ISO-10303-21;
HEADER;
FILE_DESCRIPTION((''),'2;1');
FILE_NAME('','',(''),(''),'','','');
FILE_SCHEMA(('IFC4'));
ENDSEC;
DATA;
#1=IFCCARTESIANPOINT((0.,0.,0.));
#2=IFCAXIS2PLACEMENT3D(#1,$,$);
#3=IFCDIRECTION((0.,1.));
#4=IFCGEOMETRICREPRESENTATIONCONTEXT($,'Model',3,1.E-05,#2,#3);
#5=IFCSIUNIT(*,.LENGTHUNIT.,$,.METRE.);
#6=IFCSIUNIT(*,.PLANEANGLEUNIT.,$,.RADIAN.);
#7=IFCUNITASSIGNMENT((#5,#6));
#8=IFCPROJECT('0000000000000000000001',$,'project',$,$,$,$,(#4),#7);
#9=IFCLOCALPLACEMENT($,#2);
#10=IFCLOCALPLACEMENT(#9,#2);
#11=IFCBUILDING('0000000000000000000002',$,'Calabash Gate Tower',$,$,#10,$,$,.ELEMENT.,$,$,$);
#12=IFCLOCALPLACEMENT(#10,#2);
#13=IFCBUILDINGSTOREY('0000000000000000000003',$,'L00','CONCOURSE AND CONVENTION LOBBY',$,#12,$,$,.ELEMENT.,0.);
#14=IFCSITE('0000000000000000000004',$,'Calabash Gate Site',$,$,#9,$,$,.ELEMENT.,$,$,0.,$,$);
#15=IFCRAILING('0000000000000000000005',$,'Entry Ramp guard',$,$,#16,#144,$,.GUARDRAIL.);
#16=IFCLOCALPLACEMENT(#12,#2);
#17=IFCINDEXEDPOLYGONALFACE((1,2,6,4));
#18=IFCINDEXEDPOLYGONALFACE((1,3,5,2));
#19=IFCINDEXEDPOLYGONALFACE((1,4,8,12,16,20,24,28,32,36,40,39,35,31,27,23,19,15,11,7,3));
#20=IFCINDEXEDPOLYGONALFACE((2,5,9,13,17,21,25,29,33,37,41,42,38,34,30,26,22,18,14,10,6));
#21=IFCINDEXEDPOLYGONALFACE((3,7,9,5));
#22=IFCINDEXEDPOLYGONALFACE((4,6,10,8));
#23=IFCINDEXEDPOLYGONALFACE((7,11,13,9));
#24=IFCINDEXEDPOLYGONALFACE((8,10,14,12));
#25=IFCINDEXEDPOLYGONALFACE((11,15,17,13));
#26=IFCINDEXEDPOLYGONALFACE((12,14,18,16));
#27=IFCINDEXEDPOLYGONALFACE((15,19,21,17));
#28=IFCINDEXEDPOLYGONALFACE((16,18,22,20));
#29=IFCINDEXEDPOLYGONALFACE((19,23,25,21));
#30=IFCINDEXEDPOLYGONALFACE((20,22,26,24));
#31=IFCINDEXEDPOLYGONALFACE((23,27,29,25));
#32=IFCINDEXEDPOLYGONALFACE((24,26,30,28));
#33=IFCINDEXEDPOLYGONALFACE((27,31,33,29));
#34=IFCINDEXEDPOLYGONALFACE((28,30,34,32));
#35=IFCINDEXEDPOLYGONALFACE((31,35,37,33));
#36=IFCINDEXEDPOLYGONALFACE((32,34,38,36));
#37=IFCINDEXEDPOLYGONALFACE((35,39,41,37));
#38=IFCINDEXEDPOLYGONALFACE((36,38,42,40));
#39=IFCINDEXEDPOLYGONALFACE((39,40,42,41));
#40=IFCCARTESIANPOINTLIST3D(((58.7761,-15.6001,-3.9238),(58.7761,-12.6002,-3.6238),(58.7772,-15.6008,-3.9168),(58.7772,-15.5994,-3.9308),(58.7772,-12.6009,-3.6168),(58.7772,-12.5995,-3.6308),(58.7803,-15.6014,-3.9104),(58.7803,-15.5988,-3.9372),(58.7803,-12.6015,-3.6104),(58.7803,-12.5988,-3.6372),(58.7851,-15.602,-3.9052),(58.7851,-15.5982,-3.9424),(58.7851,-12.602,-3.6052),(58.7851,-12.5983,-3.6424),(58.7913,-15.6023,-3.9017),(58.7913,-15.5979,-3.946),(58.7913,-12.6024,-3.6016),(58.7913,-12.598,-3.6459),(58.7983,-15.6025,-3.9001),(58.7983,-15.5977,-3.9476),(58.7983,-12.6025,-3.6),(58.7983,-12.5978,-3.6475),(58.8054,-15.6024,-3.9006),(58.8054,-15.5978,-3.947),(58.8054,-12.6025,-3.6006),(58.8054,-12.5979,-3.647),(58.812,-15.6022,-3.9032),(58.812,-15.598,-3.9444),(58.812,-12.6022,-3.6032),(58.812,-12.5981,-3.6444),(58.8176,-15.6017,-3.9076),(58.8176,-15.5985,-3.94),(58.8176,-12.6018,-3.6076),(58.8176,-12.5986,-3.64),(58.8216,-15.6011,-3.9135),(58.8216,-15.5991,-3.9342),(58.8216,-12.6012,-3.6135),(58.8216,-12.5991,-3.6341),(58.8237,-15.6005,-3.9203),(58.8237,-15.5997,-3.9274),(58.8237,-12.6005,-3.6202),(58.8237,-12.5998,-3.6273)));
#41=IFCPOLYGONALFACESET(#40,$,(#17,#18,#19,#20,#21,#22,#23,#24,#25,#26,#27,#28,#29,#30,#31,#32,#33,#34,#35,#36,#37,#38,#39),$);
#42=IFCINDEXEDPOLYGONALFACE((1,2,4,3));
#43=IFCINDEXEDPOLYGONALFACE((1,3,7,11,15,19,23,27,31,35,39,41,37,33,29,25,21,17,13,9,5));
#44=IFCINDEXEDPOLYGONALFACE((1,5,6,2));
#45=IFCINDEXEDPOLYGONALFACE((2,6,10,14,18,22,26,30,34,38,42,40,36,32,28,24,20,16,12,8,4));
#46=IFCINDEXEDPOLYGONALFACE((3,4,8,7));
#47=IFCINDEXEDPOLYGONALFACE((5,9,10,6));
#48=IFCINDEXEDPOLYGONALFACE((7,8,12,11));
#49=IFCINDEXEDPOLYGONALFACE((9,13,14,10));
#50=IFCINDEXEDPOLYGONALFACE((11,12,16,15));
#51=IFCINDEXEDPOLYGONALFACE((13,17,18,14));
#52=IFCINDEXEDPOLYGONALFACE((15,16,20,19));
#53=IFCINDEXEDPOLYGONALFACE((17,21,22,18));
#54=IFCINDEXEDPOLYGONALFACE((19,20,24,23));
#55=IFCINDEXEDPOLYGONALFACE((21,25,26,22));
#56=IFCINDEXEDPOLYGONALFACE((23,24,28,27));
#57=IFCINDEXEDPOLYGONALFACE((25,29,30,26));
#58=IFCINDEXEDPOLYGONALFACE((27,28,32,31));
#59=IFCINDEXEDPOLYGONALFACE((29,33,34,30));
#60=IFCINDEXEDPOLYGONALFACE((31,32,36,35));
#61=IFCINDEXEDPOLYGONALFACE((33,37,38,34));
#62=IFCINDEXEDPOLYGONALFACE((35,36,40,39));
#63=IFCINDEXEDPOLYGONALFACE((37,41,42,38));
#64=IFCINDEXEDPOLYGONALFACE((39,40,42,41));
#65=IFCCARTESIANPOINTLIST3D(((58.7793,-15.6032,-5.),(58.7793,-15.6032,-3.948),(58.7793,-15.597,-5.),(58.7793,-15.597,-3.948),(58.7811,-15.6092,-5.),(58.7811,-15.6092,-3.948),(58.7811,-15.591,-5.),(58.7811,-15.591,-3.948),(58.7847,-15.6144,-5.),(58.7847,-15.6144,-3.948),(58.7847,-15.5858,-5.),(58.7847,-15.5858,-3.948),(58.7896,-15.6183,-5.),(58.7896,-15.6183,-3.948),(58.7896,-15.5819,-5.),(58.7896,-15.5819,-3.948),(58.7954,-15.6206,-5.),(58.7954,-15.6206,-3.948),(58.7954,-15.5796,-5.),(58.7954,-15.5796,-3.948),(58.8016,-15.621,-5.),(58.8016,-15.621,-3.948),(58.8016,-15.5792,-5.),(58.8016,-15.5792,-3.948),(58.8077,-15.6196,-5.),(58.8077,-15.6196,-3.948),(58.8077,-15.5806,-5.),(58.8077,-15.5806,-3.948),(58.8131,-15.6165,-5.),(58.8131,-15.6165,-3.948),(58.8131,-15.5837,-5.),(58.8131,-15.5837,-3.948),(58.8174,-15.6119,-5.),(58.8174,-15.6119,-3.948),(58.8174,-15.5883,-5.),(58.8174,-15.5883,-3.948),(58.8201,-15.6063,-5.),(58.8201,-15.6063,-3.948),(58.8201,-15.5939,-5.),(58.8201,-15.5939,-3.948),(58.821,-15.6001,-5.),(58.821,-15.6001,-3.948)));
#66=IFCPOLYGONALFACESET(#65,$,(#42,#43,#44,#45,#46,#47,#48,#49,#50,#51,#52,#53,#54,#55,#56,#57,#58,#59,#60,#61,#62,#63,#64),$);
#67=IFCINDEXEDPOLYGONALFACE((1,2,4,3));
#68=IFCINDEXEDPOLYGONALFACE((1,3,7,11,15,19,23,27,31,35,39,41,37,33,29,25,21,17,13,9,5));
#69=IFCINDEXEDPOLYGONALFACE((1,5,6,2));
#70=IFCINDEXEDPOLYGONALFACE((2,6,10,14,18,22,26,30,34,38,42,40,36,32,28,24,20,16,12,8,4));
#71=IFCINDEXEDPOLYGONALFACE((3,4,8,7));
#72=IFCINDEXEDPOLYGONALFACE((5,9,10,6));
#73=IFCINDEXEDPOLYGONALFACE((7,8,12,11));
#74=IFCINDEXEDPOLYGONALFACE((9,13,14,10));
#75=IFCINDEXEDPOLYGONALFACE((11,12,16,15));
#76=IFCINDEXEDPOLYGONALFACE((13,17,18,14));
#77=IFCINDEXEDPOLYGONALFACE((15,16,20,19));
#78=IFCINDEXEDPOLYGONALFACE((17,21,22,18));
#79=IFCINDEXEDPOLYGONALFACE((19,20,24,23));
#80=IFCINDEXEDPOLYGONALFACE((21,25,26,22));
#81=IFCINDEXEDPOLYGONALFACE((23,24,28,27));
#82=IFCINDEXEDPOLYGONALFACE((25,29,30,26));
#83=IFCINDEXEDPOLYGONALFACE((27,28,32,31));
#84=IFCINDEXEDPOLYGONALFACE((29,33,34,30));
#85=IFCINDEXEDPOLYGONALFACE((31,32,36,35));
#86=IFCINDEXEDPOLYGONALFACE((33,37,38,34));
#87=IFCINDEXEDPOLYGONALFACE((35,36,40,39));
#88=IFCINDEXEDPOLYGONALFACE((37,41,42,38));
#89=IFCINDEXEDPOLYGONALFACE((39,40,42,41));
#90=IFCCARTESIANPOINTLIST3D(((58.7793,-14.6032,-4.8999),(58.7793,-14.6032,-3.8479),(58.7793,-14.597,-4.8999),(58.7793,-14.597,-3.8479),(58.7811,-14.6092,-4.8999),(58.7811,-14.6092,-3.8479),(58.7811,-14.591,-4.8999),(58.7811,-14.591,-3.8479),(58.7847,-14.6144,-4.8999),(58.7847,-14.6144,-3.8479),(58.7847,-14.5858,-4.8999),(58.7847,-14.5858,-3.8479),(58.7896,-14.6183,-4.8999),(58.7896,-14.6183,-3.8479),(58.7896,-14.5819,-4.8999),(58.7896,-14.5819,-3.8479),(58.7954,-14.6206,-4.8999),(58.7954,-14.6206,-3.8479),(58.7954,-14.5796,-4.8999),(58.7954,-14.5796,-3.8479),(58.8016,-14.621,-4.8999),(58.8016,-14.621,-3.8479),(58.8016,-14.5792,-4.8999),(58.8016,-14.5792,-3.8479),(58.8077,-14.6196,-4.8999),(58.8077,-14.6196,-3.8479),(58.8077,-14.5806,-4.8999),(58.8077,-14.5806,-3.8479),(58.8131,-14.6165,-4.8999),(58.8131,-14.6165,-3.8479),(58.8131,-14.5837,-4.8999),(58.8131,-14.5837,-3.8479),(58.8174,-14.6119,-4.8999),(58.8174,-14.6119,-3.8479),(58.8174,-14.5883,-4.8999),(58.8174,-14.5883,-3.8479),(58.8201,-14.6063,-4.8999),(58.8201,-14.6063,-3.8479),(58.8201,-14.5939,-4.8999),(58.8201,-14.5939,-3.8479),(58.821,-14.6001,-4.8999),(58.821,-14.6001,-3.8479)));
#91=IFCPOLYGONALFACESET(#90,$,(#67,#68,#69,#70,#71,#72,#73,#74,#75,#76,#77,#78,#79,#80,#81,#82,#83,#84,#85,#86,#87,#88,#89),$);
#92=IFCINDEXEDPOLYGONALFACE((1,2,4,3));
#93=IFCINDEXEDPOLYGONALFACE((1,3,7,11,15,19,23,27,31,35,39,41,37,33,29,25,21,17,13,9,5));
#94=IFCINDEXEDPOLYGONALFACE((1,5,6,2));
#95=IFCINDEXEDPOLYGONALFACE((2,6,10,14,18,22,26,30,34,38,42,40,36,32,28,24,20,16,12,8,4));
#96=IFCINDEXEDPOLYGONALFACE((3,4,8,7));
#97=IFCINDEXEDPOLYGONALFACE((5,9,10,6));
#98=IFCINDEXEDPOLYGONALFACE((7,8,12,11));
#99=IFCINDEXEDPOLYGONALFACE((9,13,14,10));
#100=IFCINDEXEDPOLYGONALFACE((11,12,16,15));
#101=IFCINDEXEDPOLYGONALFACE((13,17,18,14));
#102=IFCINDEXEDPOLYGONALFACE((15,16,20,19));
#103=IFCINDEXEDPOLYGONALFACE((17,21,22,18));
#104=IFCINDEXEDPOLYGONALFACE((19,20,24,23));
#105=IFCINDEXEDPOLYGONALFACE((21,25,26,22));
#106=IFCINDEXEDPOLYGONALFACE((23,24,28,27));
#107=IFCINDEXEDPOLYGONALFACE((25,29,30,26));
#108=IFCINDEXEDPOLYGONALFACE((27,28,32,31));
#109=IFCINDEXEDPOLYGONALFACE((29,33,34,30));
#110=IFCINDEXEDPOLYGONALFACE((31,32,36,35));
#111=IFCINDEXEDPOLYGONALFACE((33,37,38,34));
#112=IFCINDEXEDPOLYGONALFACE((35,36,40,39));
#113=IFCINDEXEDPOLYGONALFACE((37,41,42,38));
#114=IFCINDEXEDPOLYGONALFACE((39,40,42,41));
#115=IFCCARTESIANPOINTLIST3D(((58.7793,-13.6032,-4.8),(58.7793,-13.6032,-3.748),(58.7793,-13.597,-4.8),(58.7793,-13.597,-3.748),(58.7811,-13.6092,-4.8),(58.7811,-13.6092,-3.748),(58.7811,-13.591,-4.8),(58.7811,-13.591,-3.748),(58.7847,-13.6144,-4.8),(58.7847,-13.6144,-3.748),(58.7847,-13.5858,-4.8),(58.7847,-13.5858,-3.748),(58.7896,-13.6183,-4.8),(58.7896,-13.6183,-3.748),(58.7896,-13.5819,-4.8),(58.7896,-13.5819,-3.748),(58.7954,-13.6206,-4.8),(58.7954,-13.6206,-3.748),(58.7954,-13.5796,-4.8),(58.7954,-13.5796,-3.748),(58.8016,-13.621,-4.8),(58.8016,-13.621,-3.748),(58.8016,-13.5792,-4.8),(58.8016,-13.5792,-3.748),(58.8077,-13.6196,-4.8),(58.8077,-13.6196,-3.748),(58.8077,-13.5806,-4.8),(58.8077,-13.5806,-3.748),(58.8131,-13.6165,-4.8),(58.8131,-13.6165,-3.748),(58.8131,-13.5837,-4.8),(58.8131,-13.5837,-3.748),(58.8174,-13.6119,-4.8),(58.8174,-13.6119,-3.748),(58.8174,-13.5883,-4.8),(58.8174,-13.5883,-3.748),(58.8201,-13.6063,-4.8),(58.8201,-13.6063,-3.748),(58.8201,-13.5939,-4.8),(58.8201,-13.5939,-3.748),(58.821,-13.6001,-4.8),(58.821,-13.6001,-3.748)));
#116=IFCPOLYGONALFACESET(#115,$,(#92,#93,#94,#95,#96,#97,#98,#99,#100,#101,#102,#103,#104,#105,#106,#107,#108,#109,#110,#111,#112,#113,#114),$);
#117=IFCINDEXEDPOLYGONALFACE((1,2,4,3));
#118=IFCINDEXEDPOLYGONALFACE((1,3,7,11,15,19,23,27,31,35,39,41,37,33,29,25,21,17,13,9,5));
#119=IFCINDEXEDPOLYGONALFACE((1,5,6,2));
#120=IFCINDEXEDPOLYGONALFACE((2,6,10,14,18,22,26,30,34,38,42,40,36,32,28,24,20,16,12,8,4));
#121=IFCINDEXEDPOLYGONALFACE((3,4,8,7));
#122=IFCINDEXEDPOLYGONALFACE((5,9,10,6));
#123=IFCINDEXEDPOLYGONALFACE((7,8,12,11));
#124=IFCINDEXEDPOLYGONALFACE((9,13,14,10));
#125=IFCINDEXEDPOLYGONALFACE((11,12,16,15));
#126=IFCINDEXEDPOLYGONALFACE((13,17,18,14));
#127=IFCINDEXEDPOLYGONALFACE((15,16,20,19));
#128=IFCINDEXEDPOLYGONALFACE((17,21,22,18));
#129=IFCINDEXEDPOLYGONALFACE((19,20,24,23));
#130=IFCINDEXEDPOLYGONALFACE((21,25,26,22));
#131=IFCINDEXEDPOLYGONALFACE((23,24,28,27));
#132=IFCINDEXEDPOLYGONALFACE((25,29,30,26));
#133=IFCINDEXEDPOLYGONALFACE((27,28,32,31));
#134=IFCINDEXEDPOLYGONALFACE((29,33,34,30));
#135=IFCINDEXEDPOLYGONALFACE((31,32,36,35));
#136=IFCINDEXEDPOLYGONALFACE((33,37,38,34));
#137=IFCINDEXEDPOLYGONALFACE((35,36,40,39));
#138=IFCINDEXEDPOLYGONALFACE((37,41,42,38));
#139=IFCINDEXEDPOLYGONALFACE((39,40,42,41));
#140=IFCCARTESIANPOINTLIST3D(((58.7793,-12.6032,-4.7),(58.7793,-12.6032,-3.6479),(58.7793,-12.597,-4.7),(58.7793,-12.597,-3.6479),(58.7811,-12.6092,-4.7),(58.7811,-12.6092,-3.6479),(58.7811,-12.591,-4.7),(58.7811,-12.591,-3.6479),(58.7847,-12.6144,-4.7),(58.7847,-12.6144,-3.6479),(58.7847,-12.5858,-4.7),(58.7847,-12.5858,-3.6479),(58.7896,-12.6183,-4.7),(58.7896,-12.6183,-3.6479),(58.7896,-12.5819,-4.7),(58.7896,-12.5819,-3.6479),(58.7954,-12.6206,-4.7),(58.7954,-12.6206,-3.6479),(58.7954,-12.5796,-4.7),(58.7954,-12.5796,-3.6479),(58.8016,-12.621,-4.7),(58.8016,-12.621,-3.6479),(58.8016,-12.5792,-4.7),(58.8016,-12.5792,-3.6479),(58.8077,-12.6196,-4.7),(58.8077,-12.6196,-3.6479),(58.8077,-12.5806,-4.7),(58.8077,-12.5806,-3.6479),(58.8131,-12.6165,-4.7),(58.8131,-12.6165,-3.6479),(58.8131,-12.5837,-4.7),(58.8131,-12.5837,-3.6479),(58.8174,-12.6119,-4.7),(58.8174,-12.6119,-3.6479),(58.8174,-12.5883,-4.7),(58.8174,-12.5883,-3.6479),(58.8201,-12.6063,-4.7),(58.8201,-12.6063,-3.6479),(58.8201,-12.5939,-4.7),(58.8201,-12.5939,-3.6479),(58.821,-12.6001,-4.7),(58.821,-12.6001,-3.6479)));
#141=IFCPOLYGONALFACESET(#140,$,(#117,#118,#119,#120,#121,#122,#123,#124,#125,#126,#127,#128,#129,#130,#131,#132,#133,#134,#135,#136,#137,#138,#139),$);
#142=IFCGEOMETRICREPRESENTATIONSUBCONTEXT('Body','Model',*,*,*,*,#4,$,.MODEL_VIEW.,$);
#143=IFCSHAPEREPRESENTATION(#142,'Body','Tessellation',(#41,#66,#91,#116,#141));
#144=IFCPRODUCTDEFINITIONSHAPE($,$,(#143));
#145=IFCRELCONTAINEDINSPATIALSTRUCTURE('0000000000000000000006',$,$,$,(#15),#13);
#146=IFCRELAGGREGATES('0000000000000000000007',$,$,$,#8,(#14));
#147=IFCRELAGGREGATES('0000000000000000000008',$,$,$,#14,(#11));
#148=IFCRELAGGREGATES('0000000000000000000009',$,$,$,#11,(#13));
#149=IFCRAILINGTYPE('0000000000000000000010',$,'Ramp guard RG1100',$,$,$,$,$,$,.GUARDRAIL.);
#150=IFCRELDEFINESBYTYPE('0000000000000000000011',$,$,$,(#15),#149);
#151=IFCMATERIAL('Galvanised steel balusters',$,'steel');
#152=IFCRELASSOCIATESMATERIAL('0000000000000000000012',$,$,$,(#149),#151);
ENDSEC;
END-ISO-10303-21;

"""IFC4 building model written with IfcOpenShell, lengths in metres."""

from ifc_helpers import new_model, si_unit, direction, frame, origin, origin_2d, place, context, subcontext, project, spatial, circle, extrude, material, type_object, element, save


model = new_model("IFC4")

# Units and contexts
model_context = context("Model", 3, precision=1e-05, world=origin(), true_north=direction((0.0, 1.0)))
body_context = subcontext(model_context, "Body", "Model", "MODEL_VIEW")
ifc_project = project(units=[si_unit("LENGTHUNIT", "METRE"), si_unit("PLANEANGLEUNIT", "RADIAN")], contexts=[model_context])

# Site, building, storey
site_placement = place(None, origin())
site = spatial("IfcSite", under=ifc_project, at=site_placement, Name="Calabash Gate Site", CompositionType="ELEMENT", RefElevation=0.0)
building_placement = place(site_placement, origin())
building = spatial("IfcBuilding", under=site, at=building_placement, Name="Calabash Gate Tower", CompositionType="ELEMENT")
storey_placement = place(building_placement, origin())
storey = spatial("IfcBuildingStorey", under=building, at=storey_placement, Name="L00", Description="CONCOURSE AND CONVENTION LOBBY", CompositionType="ELEMENT", Elevation=0.0)

# Railing
ifc_material_1 = material(Name="Galvanised steel balusters", Category="steel")
railing_type = type_object("IfcRailingType", Name="Ramp guard RG1100", PredefinedType="GUARDRAIL", material=ifc_material_1)
for number, where, name in (
    (1, (58.8, -15.6001, -5.0), "Entry Ramp guard"),
):
    element("IfcRailing", number, at=place(storey_placement, frame(where)), inside=storey, type_object=railing_type, Name=name, PredefinedType="GUARDRAIL", context=body_context, shape_type="SweptSolid", body=[
        extrude(circle(Radius=0.0239, at=origin_2d()), frame((0.0, 0.0, 1.0762), z_axis=(0.0, 0.995036, 0.09952), x_axis=(-1.0, 0.0, 0.0)), (0.0, 0.0, 1.0), 3.0149),
        extrude(circle(Radius=0.021, at=origin_2d()), origin(), (0.0, 0.0, 1.0), 1.052),
        extrude(circle(Radius=0.021, at=origin_2d()), frame((0.0, 1.0, 0.1001)), (0.0, 0.0, 1.0), 1.052),
        extrude(circle(Radius=0.021, at=origin_2d()), frame((0.0, 2.0, 0.2)), (0.0, 0.0, 1.0), 1.052),
        extrude(circle(Radius=0.021, at=origin_2d()), frame((0.0, 3.0, 0.3)), (0.0, 0.0, 1.0), 1.052),
    ])

save(model, "model.ifc")
